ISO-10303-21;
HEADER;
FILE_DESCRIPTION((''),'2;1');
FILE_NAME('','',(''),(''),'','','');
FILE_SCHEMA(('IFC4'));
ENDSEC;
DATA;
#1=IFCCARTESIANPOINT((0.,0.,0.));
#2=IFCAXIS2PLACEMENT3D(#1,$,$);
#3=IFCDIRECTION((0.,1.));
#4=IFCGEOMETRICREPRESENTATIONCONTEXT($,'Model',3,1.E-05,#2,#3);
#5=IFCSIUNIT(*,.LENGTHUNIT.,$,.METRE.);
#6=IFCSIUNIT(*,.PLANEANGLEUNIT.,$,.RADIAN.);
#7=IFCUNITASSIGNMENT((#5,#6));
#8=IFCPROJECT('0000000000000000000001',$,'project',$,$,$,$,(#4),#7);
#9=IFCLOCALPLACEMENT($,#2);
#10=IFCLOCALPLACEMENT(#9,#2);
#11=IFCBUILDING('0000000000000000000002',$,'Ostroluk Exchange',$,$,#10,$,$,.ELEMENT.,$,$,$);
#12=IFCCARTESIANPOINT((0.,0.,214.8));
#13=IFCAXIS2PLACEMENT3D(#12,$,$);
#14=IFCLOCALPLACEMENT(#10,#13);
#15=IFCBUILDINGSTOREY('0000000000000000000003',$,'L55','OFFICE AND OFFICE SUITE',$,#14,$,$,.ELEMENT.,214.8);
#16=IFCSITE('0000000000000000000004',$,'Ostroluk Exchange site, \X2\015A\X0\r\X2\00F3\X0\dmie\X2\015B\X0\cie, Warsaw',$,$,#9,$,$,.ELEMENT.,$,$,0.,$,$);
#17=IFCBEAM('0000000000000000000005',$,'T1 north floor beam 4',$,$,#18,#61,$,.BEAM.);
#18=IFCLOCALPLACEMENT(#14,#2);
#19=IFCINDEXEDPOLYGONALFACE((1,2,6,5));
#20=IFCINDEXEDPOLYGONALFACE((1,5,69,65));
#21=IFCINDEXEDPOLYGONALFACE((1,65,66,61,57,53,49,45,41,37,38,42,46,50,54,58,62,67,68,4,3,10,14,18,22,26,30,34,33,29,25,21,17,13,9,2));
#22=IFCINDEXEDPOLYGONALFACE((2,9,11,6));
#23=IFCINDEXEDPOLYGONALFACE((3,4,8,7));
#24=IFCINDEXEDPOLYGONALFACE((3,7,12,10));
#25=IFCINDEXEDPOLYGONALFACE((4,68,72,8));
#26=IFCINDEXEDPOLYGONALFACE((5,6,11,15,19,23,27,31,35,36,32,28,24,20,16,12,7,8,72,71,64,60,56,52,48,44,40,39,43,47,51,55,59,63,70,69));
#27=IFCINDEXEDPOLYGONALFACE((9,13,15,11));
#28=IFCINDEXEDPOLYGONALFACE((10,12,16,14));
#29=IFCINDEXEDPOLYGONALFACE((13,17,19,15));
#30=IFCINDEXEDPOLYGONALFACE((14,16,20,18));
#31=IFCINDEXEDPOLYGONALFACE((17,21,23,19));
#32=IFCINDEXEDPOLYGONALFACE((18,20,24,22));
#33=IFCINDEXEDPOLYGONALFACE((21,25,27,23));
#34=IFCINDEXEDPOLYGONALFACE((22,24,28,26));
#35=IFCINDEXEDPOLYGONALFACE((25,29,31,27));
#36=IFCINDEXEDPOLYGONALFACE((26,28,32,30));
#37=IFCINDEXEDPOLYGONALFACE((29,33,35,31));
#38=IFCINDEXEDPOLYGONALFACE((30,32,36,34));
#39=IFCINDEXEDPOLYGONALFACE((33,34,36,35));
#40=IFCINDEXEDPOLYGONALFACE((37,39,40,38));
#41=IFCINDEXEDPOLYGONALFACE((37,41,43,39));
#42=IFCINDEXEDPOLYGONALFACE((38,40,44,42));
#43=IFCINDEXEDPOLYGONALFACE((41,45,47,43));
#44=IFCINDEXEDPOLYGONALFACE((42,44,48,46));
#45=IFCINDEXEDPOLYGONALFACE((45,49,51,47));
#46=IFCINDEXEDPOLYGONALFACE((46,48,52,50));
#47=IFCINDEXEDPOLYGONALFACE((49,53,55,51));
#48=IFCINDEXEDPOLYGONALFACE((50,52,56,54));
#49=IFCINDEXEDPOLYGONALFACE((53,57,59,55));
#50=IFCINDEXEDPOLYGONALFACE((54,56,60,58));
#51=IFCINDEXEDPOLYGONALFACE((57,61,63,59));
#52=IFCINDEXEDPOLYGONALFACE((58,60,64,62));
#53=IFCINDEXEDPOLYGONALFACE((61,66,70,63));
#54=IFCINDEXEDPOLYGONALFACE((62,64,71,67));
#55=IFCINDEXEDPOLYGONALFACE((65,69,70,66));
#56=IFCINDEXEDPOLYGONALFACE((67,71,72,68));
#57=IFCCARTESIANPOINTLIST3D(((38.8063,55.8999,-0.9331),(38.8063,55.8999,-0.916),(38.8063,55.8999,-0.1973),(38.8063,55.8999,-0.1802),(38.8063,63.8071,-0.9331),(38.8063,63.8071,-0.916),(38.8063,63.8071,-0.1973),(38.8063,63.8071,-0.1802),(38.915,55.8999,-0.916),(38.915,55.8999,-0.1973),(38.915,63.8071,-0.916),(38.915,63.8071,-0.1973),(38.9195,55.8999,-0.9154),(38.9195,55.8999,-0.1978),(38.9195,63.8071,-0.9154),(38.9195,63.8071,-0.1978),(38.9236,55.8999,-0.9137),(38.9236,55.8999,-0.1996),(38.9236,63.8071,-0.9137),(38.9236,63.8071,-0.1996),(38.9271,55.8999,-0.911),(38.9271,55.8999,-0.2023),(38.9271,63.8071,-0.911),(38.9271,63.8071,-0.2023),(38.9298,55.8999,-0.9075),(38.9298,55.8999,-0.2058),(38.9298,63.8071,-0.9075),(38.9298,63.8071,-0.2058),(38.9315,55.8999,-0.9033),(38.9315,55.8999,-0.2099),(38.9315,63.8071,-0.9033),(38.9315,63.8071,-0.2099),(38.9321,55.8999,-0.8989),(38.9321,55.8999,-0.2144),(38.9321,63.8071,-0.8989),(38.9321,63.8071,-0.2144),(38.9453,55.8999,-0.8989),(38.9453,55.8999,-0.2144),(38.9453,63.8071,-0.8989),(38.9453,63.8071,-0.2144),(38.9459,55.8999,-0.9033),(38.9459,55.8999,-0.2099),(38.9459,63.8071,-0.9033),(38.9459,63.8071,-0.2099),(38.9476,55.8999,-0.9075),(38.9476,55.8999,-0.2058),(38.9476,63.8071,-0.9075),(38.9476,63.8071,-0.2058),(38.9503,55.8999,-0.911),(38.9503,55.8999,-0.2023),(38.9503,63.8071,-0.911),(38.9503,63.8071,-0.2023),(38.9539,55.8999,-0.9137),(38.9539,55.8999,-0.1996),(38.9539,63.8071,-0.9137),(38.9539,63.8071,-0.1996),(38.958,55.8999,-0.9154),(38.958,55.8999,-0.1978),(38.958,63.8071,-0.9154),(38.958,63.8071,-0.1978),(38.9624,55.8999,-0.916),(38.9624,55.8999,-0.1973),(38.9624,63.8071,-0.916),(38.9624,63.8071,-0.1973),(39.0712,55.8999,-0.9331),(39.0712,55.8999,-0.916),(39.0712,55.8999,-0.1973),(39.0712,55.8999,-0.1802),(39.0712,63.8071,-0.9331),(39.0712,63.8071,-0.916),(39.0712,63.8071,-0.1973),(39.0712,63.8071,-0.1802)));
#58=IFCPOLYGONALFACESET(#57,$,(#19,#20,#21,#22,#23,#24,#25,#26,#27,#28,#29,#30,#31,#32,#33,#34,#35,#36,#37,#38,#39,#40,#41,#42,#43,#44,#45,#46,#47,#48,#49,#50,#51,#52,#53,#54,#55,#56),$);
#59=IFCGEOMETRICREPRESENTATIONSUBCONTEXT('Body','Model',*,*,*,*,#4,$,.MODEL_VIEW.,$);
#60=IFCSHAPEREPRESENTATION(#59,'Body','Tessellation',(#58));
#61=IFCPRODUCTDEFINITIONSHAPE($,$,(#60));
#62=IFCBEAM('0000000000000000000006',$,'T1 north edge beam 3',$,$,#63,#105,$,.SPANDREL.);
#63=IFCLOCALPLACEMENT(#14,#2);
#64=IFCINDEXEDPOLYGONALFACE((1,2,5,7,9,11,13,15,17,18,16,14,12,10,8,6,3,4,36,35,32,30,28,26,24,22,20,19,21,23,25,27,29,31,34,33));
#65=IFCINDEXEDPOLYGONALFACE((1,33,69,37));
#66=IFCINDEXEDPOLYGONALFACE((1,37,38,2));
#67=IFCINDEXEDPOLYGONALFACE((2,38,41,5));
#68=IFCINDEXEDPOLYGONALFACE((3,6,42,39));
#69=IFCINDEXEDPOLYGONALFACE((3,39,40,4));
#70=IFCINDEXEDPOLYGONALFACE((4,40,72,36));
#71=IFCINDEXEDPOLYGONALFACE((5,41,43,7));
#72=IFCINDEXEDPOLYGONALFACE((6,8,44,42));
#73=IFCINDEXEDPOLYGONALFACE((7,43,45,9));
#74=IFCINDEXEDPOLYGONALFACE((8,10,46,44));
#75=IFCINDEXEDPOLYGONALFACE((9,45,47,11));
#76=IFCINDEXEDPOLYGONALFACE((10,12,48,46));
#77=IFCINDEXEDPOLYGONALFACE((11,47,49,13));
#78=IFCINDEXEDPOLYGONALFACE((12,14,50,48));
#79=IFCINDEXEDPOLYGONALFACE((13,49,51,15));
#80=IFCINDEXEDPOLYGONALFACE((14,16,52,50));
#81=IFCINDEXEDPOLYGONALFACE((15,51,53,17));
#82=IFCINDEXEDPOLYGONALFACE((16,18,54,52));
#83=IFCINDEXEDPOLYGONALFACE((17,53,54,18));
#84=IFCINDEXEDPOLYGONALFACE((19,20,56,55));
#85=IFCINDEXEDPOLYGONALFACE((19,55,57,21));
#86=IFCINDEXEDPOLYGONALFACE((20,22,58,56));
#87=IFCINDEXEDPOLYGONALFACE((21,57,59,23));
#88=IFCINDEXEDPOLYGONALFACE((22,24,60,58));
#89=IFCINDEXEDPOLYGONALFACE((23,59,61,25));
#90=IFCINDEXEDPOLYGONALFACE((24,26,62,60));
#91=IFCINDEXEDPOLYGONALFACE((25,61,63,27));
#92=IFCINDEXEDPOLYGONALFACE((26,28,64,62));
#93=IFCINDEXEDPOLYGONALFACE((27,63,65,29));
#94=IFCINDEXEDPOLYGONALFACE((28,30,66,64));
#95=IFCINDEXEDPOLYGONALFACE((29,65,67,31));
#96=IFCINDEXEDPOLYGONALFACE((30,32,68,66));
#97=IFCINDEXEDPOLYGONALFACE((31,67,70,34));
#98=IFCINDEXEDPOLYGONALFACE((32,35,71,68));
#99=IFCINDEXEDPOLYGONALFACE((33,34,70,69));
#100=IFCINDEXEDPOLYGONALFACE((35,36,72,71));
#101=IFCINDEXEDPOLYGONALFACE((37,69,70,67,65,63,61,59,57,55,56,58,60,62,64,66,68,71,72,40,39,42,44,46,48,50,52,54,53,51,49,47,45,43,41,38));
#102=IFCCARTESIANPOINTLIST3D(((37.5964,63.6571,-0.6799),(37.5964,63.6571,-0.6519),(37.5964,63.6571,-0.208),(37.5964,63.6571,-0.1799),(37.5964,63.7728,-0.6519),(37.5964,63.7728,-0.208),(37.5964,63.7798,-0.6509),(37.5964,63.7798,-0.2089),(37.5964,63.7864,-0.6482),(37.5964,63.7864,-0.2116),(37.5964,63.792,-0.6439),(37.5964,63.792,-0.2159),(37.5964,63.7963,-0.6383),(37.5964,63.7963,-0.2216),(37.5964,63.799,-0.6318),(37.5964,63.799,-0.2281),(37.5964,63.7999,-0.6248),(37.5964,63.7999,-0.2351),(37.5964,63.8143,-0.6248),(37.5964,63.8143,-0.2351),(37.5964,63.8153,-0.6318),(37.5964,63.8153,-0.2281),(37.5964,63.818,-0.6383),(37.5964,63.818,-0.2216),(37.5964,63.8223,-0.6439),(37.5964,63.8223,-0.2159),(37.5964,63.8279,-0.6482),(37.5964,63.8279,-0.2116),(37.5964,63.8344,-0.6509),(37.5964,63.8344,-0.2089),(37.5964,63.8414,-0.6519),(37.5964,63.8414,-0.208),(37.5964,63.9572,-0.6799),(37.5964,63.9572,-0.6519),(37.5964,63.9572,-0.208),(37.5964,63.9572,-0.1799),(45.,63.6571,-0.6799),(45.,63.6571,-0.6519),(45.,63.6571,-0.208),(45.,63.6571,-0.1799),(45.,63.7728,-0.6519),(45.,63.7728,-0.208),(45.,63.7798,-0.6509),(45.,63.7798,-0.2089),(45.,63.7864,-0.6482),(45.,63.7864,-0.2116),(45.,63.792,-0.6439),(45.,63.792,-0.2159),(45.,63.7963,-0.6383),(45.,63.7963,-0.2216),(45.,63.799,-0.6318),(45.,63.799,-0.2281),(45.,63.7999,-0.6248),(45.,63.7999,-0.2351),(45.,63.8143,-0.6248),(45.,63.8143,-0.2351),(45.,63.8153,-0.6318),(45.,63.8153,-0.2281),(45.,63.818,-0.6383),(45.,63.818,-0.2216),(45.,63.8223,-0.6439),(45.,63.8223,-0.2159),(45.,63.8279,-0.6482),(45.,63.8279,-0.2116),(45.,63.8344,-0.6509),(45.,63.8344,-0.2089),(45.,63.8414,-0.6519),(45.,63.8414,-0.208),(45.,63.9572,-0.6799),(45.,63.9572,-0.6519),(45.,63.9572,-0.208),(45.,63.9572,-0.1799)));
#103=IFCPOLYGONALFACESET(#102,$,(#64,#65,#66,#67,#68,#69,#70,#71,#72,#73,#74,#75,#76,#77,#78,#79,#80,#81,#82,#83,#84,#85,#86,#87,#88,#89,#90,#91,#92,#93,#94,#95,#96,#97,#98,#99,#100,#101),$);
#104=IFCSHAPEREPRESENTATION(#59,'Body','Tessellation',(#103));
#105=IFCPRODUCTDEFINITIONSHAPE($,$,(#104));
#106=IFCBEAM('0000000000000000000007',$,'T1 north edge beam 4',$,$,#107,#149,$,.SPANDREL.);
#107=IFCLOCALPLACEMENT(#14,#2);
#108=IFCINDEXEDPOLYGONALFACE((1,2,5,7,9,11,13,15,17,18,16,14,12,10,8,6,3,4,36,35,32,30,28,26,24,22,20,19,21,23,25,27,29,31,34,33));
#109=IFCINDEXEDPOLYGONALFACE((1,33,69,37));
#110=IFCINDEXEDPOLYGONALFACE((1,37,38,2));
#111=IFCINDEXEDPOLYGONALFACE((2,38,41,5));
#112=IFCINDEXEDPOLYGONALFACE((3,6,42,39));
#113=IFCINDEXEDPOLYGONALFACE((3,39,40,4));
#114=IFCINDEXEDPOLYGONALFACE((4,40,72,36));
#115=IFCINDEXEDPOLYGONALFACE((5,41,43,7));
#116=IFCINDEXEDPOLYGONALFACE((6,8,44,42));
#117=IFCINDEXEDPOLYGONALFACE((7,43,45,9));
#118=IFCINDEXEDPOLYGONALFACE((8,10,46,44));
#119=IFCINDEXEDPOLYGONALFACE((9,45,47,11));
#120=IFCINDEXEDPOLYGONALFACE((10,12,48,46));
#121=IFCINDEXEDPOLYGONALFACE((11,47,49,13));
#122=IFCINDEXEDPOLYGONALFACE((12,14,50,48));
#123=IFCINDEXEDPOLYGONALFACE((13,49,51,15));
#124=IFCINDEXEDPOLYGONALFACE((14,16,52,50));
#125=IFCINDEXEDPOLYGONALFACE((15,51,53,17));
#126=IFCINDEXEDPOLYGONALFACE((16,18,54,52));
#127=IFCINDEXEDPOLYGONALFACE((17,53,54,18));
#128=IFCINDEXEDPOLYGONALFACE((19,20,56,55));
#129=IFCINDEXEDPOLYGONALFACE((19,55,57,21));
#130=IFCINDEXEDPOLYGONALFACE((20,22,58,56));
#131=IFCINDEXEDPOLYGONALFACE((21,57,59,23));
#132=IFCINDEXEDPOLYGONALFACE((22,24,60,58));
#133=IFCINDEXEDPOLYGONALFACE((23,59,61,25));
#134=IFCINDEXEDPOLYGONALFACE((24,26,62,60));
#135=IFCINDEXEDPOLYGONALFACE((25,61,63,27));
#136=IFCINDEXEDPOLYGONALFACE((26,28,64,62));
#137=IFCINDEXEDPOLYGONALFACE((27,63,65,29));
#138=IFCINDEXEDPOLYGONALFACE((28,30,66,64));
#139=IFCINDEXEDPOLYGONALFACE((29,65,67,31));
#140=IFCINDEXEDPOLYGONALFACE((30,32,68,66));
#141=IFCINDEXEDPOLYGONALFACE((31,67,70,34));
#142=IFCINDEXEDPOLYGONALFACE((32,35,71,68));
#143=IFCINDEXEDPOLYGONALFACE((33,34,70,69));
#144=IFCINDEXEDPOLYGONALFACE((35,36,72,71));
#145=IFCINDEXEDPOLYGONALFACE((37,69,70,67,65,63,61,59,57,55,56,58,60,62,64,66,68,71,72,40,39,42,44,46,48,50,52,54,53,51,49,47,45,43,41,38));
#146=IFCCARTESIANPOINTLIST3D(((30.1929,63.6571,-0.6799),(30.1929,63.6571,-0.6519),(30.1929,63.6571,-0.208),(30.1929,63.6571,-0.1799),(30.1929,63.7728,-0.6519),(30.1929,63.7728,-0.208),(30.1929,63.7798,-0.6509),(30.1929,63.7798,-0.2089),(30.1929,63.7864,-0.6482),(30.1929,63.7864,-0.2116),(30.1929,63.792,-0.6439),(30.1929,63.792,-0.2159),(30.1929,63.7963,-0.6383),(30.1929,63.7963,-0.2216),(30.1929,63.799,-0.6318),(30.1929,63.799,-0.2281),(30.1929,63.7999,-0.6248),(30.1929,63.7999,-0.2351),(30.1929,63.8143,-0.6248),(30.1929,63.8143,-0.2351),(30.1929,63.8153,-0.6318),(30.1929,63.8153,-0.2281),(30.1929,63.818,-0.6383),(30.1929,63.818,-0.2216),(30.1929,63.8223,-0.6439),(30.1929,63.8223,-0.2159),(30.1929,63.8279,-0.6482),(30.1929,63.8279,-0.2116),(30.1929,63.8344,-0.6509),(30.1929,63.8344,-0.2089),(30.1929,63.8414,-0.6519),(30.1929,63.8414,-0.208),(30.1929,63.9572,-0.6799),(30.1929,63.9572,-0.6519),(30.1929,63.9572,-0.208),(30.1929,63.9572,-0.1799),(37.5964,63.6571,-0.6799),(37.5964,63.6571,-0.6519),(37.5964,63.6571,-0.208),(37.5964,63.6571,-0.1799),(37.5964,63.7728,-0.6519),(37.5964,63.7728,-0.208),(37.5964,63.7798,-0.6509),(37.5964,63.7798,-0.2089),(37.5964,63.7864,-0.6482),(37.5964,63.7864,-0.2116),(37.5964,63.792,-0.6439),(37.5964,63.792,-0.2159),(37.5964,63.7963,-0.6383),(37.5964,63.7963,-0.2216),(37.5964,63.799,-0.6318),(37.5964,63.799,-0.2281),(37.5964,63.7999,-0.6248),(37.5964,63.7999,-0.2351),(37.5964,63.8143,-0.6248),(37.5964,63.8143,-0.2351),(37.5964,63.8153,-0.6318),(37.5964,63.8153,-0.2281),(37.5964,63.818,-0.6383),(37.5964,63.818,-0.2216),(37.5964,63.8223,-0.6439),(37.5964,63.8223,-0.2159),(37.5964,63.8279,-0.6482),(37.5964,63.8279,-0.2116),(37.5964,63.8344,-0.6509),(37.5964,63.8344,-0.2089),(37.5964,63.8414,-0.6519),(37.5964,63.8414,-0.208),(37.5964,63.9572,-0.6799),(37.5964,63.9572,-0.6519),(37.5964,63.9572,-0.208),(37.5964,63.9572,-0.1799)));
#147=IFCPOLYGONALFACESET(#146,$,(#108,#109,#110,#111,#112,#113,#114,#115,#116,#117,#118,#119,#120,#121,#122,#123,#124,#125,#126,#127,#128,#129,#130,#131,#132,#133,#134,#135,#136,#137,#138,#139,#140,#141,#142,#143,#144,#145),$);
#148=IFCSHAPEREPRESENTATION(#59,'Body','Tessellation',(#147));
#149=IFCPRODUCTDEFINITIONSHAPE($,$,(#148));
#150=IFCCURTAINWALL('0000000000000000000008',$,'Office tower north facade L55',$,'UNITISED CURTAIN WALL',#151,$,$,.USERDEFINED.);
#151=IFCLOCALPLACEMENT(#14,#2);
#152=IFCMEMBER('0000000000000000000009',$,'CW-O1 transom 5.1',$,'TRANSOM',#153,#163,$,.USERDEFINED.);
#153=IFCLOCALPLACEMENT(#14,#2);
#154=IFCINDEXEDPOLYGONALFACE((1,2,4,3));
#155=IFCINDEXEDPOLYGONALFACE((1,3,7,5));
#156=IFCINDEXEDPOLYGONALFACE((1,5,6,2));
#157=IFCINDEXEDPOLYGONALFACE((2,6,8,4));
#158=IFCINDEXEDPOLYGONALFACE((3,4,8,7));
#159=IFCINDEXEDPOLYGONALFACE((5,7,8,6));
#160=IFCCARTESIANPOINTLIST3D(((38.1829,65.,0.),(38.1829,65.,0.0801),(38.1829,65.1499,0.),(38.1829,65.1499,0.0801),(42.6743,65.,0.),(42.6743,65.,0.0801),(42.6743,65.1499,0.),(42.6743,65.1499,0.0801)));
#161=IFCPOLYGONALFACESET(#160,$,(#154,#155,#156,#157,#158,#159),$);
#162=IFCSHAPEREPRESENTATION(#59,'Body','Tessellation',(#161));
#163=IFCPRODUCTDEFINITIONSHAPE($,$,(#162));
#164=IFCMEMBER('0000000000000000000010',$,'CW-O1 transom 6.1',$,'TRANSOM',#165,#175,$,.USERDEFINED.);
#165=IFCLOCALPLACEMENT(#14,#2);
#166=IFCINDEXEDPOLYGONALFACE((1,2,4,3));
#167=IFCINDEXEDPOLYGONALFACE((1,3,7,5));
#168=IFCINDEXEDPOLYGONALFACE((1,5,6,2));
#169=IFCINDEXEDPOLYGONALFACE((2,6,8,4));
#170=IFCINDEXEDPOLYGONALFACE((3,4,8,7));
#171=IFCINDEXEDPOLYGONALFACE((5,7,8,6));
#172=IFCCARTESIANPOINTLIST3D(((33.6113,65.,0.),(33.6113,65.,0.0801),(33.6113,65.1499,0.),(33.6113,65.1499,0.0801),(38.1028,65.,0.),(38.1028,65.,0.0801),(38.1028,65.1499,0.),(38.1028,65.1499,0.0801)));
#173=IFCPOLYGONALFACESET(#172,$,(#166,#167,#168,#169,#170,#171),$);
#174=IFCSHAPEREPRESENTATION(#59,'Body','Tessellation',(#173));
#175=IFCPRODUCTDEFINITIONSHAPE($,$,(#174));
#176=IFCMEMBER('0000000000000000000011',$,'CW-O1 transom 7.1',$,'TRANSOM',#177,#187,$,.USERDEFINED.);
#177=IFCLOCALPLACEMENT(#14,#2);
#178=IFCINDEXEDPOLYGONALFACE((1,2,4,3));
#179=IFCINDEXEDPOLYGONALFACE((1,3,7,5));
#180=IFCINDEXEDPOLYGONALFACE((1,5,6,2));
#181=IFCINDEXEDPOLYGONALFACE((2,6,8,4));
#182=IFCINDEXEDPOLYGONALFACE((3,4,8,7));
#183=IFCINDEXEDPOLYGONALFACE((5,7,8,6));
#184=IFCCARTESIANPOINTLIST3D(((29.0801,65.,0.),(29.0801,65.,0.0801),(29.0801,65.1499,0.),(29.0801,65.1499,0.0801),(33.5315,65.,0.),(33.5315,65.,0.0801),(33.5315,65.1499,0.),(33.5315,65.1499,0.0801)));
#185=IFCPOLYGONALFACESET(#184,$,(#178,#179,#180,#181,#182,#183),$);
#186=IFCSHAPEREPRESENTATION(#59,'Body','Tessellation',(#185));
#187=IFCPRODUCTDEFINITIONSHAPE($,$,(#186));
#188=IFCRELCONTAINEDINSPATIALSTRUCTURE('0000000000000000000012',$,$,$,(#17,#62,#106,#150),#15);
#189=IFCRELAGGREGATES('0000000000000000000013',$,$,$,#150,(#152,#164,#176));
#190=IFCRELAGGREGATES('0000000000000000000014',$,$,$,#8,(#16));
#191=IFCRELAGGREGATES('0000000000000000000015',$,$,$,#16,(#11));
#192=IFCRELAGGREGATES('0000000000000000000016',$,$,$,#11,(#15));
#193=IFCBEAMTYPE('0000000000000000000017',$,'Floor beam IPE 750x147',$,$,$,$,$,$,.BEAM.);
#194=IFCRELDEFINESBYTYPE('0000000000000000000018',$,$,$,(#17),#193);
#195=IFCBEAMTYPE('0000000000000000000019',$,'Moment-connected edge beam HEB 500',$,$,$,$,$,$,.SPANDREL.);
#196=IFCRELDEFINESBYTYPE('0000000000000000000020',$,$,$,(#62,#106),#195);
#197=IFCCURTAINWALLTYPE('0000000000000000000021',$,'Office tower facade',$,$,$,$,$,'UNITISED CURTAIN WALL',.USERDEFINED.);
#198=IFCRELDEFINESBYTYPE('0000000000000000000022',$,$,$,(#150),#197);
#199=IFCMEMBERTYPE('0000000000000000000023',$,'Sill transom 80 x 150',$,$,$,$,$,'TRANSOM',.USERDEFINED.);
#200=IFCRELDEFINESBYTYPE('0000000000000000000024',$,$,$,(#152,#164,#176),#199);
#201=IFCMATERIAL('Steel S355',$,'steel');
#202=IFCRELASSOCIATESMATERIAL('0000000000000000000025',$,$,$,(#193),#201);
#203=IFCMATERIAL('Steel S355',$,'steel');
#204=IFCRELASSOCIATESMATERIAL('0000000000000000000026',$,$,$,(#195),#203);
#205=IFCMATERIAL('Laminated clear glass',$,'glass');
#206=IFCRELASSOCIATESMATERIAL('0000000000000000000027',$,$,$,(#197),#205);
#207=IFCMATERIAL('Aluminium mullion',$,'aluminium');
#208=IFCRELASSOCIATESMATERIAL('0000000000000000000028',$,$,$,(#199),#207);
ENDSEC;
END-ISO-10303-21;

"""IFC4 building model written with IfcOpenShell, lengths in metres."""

from ifc_helpers import new_model, si_unit, direction, frame, origin, origin_2d, place, context, subcontext, project, spatial, rectangle, i_section, extrude, material, material_profile, profile_set, type_object, element, aggregate, save


model = new_model("IFC4")

# Units and contexts
model_context = context("Model", 3, precision=1e-05, world=origin(), true_north=direction((0.0, 1.0)))
body_context = subcontext(model_context, "Body", "Model", "MODEL_VIEW")
ifc_project = project(units=[si_unit("LENGTHUNIT", "METRE"), si_unit("PLANEANGLEUNIT", "RADIAN")], contexts=[model_context])

# Site, building, storey
site_placement = place(None, origin())
site = spatial("IfcSite", under=ifc_project, at=site_placement, Name="Ostroluk Exchange site, Śródmieście, Warsaw", CompositionType="ELEMENT", RefElevation=0.0)
building_placement = place(site_placement, origin())
building = spatial("IfcBuilding", under=site, at=building_placement, Name="Ostroluk Exchange", CompositionType="ELEMENT")
storey_placement = place(building_placement, frame((0.0, 0.0, 214.8)))
storey = spatial("IfcBuildingStorey", under=building, at=storey_placement, Name="L55", Description="OFFICE AND OFFICE SUITE", CompositionType="ELEMENT", Elevation=214.8)

# Beams
ifc_material_1 = material(Name="Steel S355", Category="steel")
ifc_material_profile_1 = material_profile(ifc_material_1, i_section(OverallWidth=0.2649, OverallDepth=0.7529, WebThickness=0.0132, FlangeThickness=0.0171, FilletRadius=0.0171, at=origin_2d()), Name="IPE 750x147")
ifc_profile_set_1 = profile_set([ifc_material_profile_1], Name="Steel S355")
beam_type_1 = type_object("IfcBeamType", Name="Floor beam IPE 750x147", PredefinedType="BEAM", material=ifc_profile_set_1)
for number, where, z_axis, x_axis, name in (
    (1, (38.9387, 55.8999, -0.5566), (0.0, 1.0, 0.0), (-1.0, 0.0, 0.0), "T1 north floor beam 4"),
):
    element("IfcBeam", number, at=place(storey_placement, frame(where, z_axis=z_axis, x_axis=x_axis)), inside=storey, type_object=beam_type_1, Name=name, PredefinedType="BEAM", context=body_context, shape_type="SweptSolid", body=[
        extrude(i_section(OverallWidth=0.2649, OverallDepth=0.7529, WebThickness=0.0132, FlangeThickness=0.0171, FilletRadius=0.0171, at=origin_2d()), origin(), (0.0, 0.0, 1.0), 7.9072),
    ])
ifc_material_2 = material(Name="Steel S355", Category="steel")
ifc_material_profile_2 = material_profile(ifc_material_2, i_section(OverallWidth=0.3, OverallDepth=0.5, WebThickness=0.0144, FlangeThickness=0.0281, FilletRadius=0.0271, at=origin_2d()), Name="HEB 500")
ifc_profile_set_2 = profile_set([ifc_material_profile_2], Name="Steel S355")
beam_type_2 = type_object("IfcBeamType", Name="Moment-connected edge beam HEB 500", PredefinedType="SPANDREL", material=ifc_profile_set_2)
for number, where, z_axis, x_axis, name in (
    (2, (45.0, 63.8071, -0.4299), (-1.0, 0.0, 0.0), (0.0, -1.0, 0.0), "T1 north edge beam 3"),
    (3, (37.5964, 63.8071, -0.4299), (-1.0, 0.0, 0.0), (0.0, -1.0, 0.0), "T1 north edge beam 4"),
):
    element("IfcBeam", number, at=place(storey_placement, frame(where, z_axis=z_axis, x_axis=x_axis)), inside=storey, type_object=beam_type_2, Name=name, PredefinedType="SPANDREL", context=body_context, shape_type="SweptSolid", body=[
        extrude(i_section(OverallWidth=0.3, OverallDepth=0.5, WebThickness=0.0144, FlangeThickness=0.0281, FilletRadius=0.0271, at=origin_2d()), origin(), (0.0, 0.0, 1.0), 7.4036),
    ])

# Curtain wall, members
ifc_material_3 = material(Name="Laminated clear glass", Category="glass")
curtain_wall_type = type_object("IfcCurtainWallType", Name="Office tower facade", ElementType="UNITISED CURTAIN WALL", PredefinedType="USERDEFINED", material=ifc_material_3)
curtain_wall_placement = place(storey_placement, origin())
curtain_wall = element("IfcCurtainWall", 4, at=curtain_wall_placement, inside=storey, type_object=curtain_wall_type, Name="Office tower north facade L55", ObjectType="UNITISED CURTAIN WALL", PredefinedType="USERDEFINED")
ifc_material_4 = material(Name="Aluminium mullion", Category="aluminium")
ifc_material_profile_3 = material_profile(ifc_material_4, rectangle(XDim=0.1499, YDim=0.0801, at=origin_2d()), Name="Sill transom 80 x 150")
ifc_profile_set_3 = profile_set([ifc_material_profile_3], Name="Aluminium mullion")
member_type_1 = type_object("IfcMemberType", Name="Sill transom 80 x 150", ElementType="TRANSOM", PredefinedType="USERDEFINED", material=ifc_profile_set_3)
member_1_placement = place(storey_placement, frame((42.6743, 65.075, 0.04), z_axis=(-1.0, 0.0, 0.0), x_axis=(0.0, -1.0, 0.0)))
member_1 = element("IfcMember", 5, at=member_1_placement, type_object=member_type_1, Name="CW-O1 transom 5.1", ObjectType="TRANSOM", PredefinedType="USERDEFINED", context=body_context, shape_type="SweptSolid", body=[
    extrude(rectangle(XDim=0.1499, YDim=0.0801, at=origin_2d()), origin(), (0.0, 0.0, 1.0), 4.4915),
])
member_2_placement = place(storey_placement, frame((38.1028, 65.075, 0.04), z_axis=(-1.0, 0.0, 0.0), x_axis=(0.0, -1.0, 0.0)))
member_2 = element("IfcMember", 6, at=member_2_placement, type_object=member_type_1, Name="CW-O1 transom 6.1", ObjectType="TRANSOM", PredefinedType="USERDEFINED", context=body_context, shape_type="SweptSolid", body=[
    extrude(rectangle(XDim=0.1499, YDim=0.0801, at=origin_2d()), origin(), (0.0, 0.0, 1.0), 4.4915),
])
member_3_placement = place(storey_placement, frame((33.5315, 65.075, 0.04), z_axis=(-1.0, 0.0, 0.0), x_axis=(0.0, -1.0, 0.0)))
member_3 = element("IfcMember", 7, at=member_3_placement, type_object=member_type_1, Name="CW-O1 transom 7.1", ObjectType="TRANSOM", PredefinedType="USERDEFINED", context=body_context, shape_type="SweptSolid", body=[
    extrude(rectangle(XDim=0.1499, YDim=0.0801, at=origin_2d()), origin(), (0.0, 0.0, 1.0), 4.4514),
])
aggregate(curtain_wall, [member_1, member_2, member_3])

save(model, "model.ifc")
